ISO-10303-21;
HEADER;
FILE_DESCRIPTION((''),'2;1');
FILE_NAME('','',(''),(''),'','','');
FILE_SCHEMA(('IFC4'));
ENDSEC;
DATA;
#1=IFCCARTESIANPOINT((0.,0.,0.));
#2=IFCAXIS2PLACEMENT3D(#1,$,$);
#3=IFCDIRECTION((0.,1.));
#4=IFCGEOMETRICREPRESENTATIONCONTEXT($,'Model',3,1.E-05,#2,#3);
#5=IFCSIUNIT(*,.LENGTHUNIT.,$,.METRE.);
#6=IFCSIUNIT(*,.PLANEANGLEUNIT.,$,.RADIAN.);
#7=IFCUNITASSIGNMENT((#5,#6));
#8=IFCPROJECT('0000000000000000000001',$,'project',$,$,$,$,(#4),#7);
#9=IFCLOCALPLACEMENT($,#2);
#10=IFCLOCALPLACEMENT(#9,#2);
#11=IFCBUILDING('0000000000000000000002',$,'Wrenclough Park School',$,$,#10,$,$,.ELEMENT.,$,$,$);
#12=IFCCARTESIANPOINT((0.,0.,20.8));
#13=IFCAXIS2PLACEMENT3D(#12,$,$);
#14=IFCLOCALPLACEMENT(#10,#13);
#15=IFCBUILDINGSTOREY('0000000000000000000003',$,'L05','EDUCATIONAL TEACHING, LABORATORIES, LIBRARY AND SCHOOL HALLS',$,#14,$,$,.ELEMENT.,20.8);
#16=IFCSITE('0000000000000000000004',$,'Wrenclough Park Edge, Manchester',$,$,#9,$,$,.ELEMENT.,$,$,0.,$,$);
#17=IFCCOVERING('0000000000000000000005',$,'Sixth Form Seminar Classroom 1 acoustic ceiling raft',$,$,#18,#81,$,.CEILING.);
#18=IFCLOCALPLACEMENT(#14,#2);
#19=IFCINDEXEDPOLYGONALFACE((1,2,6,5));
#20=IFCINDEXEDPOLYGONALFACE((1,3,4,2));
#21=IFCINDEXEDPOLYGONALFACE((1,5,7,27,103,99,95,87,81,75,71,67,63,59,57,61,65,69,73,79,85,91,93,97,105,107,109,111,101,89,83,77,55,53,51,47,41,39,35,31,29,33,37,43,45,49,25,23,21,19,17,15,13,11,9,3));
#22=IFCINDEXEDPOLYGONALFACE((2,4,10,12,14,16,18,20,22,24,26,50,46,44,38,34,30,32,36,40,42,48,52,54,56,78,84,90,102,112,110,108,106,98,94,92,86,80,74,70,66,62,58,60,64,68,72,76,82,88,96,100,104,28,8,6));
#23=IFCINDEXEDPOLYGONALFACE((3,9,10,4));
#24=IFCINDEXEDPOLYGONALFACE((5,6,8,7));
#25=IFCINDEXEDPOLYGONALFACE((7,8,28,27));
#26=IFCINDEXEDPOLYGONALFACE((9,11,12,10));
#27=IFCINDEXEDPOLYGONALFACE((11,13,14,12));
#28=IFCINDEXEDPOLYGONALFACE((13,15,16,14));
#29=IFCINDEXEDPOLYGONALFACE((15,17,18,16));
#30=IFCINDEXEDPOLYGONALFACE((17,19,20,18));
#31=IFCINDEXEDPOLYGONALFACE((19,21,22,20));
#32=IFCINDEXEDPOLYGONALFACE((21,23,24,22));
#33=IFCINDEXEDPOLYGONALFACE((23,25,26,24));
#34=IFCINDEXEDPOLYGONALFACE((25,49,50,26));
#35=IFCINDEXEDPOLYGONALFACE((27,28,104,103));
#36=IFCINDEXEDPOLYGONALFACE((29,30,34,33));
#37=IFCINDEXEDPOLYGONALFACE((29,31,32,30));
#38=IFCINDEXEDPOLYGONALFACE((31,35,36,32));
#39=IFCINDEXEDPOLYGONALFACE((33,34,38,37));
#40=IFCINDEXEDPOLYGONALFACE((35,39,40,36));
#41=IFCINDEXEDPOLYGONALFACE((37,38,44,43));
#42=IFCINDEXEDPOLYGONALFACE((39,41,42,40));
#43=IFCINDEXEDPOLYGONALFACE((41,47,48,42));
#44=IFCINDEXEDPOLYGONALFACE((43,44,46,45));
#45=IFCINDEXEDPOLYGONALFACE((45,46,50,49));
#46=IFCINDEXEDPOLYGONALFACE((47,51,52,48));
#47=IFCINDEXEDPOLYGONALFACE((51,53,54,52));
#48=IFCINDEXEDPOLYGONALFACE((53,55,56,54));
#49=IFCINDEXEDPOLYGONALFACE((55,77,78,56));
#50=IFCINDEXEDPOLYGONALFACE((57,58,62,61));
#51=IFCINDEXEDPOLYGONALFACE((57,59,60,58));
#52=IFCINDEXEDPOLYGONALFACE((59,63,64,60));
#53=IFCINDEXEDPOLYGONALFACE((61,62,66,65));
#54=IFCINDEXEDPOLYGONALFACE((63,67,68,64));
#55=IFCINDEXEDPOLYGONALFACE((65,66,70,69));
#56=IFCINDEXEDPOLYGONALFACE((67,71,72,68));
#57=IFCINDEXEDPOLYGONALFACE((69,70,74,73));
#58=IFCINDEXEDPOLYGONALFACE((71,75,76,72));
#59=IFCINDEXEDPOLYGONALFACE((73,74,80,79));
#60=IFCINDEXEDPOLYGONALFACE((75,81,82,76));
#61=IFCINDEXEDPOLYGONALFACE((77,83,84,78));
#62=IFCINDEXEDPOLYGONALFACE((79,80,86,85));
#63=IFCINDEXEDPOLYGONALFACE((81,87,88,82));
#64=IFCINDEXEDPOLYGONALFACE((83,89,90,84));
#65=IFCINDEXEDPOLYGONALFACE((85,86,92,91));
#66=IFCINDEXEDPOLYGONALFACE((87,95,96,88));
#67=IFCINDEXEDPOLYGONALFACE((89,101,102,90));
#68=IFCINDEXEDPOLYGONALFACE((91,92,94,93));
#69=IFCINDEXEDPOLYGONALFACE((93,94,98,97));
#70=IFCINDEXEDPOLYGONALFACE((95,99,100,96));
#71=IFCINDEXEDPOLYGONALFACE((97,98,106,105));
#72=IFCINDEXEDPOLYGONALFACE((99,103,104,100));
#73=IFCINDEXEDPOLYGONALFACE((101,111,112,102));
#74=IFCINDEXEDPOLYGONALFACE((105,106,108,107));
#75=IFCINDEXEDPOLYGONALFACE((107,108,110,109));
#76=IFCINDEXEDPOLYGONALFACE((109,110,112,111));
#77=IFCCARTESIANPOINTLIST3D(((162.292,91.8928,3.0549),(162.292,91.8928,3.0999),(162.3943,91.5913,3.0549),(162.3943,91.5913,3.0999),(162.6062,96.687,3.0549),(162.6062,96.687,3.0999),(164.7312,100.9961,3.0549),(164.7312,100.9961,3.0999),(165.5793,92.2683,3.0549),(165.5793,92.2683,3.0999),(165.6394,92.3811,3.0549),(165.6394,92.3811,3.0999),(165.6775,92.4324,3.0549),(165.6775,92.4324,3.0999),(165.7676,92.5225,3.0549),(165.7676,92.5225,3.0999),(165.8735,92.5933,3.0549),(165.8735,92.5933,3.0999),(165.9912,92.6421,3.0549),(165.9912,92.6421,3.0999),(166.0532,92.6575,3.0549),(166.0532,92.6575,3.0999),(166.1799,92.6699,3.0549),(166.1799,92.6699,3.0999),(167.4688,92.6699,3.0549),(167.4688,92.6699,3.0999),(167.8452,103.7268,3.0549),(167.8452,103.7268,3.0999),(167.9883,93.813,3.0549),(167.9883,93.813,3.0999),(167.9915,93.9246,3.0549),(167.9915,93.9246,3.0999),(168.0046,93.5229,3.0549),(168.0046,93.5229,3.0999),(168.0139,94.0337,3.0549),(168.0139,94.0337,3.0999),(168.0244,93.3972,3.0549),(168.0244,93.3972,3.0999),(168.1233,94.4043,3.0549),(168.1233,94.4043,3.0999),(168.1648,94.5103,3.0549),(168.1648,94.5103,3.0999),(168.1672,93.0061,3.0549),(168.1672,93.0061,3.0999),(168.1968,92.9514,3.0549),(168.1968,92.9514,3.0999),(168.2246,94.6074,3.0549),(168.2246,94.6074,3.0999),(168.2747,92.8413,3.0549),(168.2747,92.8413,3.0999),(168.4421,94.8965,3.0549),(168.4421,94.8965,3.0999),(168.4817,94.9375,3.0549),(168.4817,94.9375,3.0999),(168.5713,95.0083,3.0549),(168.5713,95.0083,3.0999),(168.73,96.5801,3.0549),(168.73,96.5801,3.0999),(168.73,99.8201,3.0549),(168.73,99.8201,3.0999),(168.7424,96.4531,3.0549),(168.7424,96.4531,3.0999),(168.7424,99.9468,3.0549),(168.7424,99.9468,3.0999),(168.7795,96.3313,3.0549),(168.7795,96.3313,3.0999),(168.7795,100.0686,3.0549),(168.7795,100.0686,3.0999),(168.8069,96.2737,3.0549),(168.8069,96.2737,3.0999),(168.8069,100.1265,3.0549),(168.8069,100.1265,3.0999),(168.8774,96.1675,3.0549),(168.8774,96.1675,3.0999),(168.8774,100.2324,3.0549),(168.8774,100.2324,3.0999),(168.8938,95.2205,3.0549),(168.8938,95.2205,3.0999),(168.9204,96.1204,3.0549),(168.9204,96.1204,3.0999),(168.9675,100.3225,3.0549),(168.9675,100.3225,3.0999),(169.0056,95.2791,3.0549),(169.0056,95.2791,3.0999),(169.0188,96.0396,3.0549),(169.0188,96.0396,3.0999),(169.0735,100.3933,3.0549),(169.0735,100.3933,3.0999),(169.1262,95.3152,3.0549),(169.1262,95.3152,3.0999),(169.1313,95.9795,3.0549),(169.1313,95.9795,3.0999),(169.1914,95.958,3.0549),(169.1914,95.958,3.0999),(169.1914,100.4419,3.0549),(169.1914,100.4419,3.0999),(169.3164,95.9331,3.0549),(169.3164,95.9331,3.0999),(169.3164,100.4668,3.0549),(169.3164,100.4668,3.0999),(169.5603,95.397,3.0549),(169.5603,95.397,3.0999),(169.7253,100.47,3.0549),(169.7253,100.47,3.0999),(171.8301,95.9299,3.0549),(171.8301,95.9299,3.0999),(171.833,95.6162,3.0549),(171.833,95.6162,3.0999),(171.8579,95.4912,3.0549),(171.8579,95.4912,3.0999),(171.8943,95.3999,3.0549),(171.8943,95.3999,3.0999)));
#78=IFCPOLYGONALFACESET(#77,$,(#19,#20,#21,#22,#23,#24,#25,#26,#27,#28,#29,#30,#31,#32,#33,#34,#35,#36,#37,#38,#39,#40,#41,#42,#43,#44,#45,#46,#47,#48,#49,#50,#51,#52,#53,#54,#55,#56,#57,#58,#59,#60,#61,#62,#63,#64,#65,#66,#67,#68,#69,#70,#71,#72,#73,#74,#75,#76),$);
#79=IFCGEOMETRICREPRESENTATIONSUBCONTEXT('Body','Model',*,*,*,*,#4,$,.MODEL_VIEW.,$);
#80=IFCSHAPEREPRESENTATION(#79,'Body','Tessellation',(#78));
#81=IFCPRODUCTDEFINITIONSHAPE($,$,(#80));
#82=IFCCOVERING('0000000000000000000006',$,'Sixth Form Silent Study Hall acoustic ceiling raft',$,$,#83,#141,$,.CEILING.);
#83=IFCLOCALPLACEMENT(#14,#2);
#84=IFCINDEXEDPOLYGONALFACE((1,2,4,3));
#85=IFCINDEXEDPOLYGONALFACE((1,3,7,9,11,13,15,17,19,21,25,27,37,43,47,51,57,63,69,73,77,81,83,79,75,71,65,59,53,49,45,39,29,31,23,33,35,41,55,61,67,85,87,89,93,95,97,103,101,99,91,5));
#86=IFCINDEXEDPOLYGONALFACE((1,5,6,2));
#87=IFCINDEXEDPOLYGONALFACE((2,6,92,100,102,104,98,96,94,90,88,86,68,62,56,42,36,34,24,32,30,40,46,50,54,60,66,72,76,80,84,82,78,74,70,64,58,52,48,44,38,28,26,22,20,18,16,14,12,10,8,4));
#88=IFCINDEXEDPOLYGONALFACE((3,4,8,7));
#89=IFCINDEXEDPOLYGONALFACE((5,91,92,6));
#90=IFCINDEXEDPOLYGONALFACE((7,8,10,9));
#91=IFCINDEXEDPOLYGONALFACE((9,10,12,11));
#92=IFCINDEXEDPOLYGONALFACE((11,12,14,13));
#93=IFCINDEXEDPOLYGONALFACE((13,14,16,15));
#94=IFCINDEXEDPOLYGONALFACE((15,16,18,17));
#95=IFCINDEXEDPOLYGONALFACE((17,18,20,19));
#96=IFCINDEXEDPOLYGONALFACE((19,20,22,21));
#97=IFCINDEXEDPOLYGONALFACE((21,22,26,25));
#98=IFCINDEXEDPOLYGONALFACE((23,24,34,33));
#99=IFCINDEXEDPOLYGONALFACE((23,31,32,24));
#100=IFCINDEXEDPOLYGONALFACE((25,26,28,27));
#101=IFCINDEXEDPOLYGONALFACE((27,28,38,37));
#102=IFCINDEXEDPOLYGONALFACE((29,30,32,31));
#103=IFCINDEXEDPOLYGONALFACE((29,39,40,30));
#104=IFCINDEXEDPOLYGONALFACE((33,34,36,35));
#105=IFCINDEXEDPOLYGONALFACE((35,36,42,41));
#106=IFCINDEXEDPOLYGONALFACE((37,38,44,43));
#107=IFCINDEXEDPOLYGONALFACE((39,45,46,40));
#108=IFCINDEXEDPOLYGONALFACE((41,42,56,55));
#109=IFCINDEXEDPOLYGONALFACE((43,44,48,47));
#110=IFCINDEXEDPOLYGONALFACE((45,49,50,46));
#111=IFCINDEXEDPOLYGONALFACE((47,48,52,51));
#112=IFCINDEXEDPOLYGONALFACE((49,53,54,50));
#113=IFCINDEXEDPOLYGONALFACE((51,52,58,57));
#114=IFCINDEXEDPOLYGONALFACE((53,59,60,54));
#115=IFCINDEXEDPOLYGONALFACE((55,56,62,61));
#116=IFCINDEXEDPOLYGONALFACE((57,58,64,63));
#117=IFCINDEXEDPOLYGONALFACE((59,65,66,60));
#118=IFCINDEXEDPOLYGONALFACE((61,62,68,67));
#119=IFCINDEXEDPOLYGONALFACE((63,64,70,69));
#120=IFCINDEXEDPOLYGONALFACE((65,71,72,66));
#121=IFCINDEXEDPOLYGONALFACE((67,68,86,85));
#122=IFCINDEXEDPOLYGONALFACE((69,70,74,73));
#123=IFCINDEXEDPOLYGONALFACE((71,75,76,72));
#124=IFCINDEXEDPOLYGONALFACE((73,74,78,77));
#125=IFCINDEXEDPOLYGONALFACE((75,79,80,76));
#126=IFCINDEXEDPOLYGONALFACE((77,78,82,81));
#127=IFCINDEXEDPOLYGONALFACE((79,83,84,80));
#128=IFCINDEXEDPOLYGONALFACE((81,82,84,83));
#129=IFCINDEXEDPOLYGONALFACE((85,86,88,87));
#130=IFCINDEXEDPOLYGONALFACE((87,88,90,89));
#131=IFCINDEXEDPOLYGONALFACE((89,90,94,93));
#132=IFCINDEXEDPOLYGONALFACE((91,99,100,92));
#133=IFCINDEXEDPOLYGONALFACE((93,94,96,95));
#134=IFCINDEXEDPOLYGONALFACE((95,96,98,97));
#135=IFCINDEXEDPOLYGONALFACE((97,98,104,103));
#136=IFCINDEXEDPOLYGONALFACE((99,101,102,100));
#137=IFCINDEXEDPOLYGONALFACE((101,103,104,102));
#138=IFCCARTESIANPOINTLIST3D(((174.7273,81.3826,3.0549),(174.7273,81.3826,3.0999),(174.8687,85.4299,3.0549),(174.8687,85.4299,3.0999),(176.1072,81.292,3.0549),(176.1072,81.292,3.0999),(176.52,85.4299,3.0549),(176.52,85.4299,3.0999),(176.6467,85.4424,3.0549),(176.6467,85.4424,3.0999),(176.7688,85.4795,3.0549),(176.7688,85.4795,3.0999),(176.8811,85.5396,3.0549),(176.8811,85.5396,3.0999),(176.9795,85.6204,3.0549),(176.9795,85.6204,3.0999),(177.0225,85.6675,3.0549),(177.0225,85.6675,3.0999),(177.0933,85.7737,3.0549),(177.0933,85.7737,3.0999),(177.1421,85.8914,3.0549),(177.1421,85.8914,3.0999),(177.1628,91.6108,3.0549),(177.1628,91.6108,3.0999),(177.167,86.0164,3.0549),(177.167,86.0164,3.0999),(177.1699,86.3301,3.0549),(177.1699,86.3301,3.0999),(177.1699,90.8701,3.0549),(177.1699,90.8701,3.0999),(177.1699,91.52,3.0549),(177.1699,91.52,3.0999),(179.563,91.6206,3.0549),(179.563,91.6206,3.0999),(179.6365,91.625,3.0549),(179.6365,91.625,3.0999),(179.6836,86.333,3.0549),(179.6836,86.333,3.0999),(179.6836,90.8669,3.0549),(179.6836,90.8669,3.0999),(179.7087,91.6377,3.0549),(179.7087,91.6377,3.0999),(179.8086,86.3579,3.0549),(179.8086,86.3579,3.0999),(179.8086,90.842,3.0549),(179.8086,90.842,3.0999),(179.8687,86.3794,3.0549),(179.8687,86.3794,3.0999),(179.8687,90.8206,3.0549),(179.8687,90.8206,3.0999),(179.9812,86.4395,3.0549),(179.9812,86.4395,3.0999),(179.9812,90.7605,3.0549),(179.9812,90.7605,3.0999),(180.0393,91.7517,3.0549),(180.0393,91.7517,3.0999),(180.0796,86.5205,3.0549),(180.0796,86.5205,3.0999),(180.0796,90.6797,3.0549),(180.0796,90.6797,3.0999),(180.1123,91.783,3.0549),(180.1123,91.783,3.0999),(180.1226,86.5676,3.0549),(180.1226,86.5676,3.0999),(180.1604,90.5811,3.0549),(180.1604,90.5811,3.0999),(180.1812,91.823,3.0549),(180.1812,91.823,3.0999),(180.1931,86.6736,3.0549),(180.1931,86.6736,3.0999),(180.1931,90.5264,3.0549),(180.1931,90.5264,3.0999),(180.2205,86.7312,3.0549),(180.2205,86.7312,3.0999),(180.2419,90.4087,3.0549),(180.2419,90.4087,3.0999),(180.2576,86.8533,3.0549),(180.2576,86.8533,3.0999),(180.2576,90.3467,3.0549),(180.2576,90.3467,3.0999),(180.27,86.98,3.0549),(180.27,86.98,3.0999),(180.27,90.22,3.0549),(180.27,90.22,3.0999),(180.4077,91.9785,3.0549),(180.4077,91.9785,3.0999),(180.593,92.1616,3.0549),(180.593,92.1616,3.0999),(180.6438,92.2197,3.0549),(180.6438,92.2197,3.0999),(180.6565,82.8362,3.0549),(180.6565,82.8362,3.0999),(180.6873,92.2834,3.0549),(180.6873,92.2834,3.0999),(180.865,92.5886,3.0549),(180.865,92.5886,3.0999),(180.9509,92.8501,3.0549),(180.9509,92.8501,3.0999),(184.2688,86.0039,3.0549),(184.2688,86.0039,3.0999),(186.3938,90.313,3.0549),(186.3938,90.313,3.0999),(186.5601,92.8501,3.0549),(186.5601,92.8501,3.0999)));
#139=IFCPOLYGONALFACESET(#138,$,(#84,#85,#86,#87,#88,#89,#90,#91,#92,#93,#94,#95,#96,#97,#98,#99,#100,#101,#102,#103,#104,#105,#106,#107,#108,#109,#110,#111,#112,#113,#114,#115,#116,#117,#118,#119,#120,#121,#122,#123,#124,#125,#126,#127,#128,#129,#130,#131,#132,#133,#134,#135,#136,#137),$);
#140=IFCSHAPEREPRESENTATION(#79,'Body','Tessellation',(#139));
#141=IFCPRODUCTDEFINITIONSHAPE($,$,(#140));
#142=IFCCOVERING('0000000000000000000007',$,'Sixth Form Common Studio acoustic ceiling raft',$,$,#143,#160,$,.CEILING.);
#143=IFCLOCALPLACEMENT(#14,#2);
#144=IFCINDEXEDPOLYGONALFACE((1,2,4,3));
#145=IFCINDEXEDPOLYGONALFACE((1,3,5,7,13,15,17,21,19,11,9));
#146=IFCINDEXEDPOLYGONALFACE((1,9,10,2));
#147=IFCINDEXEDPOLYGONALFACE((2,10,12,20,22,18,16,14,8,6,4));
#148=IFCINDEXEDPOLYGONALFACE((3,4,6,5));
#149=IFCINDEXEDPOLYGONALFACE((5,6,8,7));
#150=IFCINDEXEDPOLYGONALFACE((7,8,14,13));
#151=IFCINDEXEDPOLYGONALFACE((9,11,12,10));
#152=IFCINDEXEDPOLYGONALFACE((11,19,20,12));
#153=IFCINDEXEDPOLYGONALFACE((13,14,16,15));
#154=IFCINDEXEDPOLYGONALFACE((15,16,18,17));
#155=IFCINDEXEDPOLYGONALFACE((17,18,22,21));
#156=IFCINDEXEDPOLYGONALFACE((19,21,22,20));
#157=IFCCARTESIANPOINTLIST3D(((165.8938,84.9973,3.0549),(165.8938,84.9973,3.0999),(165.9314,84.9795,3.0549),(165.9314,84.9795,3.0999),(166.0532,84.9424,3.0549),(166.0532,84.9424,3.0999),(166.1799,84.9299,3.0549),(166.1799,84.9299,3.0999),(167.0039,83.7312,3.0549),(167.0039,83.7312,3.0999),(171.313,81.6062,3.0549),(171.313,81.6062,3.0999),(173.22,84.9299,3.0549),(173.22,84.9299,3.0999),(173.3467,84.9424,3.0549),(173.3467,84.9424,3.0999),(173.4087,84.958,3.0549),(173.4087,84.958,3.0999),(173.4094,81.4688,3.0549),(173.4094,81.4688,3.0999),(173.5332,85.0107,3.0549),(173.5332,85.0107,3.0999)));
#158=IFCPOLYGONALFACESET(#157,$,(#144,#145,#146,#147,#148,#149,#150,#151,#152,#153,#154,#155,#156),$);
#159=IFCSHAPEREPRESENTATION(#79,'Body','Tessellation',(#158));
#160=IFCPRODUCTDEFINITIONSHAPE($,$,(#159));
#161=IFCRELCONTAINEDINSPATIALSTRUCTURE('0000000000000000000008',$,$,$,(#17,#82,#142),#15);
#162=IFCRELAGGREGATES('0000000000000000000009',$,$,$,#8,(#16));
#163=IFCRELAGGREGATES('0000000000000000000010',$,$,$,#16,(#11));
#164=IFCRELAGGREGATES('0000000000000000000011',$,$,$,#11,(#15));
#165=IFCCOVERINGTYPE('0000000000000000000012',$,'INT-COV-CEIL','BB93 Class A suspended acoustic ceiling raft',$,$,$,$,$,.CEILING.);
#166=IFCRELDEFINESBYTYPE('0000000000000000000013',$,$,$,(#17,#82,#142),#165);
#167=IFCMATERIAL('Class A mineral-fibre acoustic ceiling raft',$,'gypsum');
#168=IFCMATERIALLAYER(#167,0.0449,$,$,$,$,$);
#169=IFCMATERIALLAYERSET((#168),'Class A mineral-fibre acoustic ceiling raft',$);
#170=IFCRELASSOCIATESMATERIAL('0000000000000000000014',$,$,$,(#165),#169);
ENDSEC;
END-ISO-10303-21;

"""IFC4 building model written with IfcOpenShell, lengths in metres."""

from ifc_helpers import new_model, si_unit, direction, frame, origin, place, context, subcontext, project, spatial, polyline, outline, extrude, material, layer, layer_set, type_object, element, save


model = new_model("IFC4")

# Units and contexts
model_context = context("Model", 3, precision=1e-05, world=origin(), true_north=direction((0.0, 1.0)))
body_context = subcontext(model_context, "Body", "Model", "MODEL_VIEW")
ifc_project = project(units=[si_unit("LENGTHUNIT", "METRE"), si_unit("PLANEANGLEUNIT", "RADIAN")], contexts=[model_context])

# Site, building, storey
site_placement = place(None, origin())
site = spatial("IfcSite", under=ifc_project, at=site_placement, Name="Wrenclough Park Edge, Manchester", CompositionType="ELEMENT", RefElevation=0.0)
building_placement = place(site_placement, origin())
building = spatial("IfcBuilding", under=site, at=building_placement, Name="Wrenclough Park School", CompositionType="ELEMENT")
storey_placement = place(building_placement, frame((0.0, 0.0, 20.8)))
storey = spatial("IfcBuildingStorey", under=building, at=storey_placement, Name="L05", Description="EDUCATIONAL TEACHING, LABORATORIES, LIBRARY AND SCHOOL HALLS", CompositionType="ELEMENT", Elevation=20.8)

# Coverings
ifc_material_1 = material(Name="Class A mineral-fibre acoustic ceiling raft", Category="gypsum")
ifc_layer_1 = layer(ifc_material_1, 0.0449)
ifc_layer_set_1 = layer_set([ifc_layer_1], Name="Class A mineral-fibre acoustic ceiling raft")
covering_type_1 = type_object("IfcCoveringType", Name="INT-COV-CEIL", Description="BB93 Class A suspended acoustic ceiling raft", PredefinedType="CEILING", material=ifc_layer_set_1)
covering_1_placement = place(storey_placement, frame((0.0, 0.0, 3.0549)))
element("IfcCovering", 1, at=covering_1_placement, inside=storey, type_object=covering_type_1, Name="Sixth Form Seminar Classroom 1 acoustic ceiling raft", PredefinedType="CEILING", context=body_context, shape_type="SweptSolid", body=[
    extrude(outline(polyline([(162.3943, 91.5913), (165.5793, 92.2683), (165.6394, 92.3811), (165.6775, 92.4324), (165.7676, 92.5225), (165.8735, 92.5933), (165.9912, 92.6421), (166.0532, 92.6575), (166.1799, 92.6699), (167.4688, 92.6699), (168.2747, 92.8413), (168.1968, 92.9514), (168.1672, 93.0061), (168.0244, 93.3972), (168.0046, 93.5229), (167.9883, 93.813), (167.9915, 93.9246), (168.0139, 94.0337), (168.1233, 94.4043), (168.1648, 94.5103), (168.2246, 94.6074), (168.4421, 94.8965), (168.4817, 94.9375), (168.5713, 95.0083), (168.8938, 95.2205), (169.0056, 95.2791), (169.1262, 95.3152), (169.5603, 95.397), (171.8943, 95.3999), (171.8579, 95.4912), (171.833, 95.6162), (171.8301, 95.9299), (169.3164, 95.9331), (169.1914, 95.958), (169.1313, 95.9795), (169.0188, 96.0396), (168.9204, 96.1204), (168.8774, 96.1675), (168.8069, 96.2737), (168.7795, 96.3313), (168.7424, 96.4531), (168.73, 96.5801), (168.73, 99.8201), (168.7424, 99.9468), (168.7795, 100.0686), (168.8069, 100.1265), (168.8774, 100.2324), (168.9675, 100.3225), (169.0735, 100.3933), (169.1914, 100.4419), (169.3164, 100.4668), (169.7253, 100.47), (167.8452, 103.7268), (164.7312, 100.9961), (162.6062, 96.687), (162.292, 91.8928), (162.3943, 91.5913)])), origin(), (0.0, 0.0, 1.0), 0.0449),
])
covering_2_placement = place(storey_placement, frame((0.0, 0.0, 3.0549)))
element("IfcCovering", 2, at=covering_2_placement, inside=storey, type_object=covering_type_1, Name="Sixth Form Silent Study Hall acoustic ceiling raft", PredefinedType="CEILING", context=body_context, shape_type="SweptSolid", body=[
    extrude(outline(polyline([(179.563, 91.6206), (177.1628, 91.6108), (177.1699, 91.52), (177.1699, 90.8701), (179.6836, 90.8669), (179.8086, 90.842), (179.8687, 90.8206), (179.9812, 90.7605), (180.0796, 90.6797), (180.1604, 90.5811), (180.1931, 90.5264), (180.2419, 90.4087), (180.2576, 90.3467), (180.27, 90.22), (180.27, 86.98), (180.2576, 86.8533), (180.2205, 86.7312), (180.1931, 86.6736), (180.1226, 86.5676), (180.0796, 86.5205), (179.9812, 86.4395), (179.8687, 86.3794), (179.8086, 86.3579), (179.6836, 86.333), (177.1699, 86.3301), (177.167, 86.0164), (177.1421, 85.8914), (177.0933, 85.7737), (177.0225, 85.6675), (176.9795, 85.6204), (176.8811, 85.5396), (176.7688, 85.4795), (176.6467, 85.4424), (176.52, 85.4299), (174.8687, 85.4299), (174.7273, 81.3826), (176.1072, 81.292), (180.6565, 82.8362), (184.2688, 86.0039), (186.3938, 90.313), (186.5601, 92.8501), (180.9509, 92.8501), (180.865, 92.5886), (180.6873, 92.2834), (180.6438, 92.2197), (180.593, 92.1616), (180.4077, 91.9785), (180.1812, 91.823), (180.1123, 91.783), (180.0393, 91.7517), (179.7087, 91.6377), (179.6365, 91.625), (179.563, 91.6206)])), origin(), (0.0, 0.0, 1.0), 0.0449),
])
covering_3_placement = place(storey_placement, frame((0.0, 0.0, 3.0549)))
element("IfcCovering", 3, at=covering_3_placement, inside=storey, type_object=covering_type_1, Name="Sixth Form Common Studio acoustic ceiling raft", PredefinedType="CEILING", context=body_context, shape_type="SweptSolid", body=[
    extrude(outline(polyline([(165.9314, 84.9795), (165.8938, 84.9973), (167.0039, 83.7312), (171.313, 81.6062), (173.4094, 81.4688), (173.5332, 85.0107), (173.4087, 84.958), (173.3467, 84.9424), (173.22, 84.9299), (166.1799, 84.9299), (166.0532, 84.9424), (165.9314, 84.9795)])), origin(), (0.0, 0.0, 1.0), 0.0449),
])

save(model, "model.ifc")
